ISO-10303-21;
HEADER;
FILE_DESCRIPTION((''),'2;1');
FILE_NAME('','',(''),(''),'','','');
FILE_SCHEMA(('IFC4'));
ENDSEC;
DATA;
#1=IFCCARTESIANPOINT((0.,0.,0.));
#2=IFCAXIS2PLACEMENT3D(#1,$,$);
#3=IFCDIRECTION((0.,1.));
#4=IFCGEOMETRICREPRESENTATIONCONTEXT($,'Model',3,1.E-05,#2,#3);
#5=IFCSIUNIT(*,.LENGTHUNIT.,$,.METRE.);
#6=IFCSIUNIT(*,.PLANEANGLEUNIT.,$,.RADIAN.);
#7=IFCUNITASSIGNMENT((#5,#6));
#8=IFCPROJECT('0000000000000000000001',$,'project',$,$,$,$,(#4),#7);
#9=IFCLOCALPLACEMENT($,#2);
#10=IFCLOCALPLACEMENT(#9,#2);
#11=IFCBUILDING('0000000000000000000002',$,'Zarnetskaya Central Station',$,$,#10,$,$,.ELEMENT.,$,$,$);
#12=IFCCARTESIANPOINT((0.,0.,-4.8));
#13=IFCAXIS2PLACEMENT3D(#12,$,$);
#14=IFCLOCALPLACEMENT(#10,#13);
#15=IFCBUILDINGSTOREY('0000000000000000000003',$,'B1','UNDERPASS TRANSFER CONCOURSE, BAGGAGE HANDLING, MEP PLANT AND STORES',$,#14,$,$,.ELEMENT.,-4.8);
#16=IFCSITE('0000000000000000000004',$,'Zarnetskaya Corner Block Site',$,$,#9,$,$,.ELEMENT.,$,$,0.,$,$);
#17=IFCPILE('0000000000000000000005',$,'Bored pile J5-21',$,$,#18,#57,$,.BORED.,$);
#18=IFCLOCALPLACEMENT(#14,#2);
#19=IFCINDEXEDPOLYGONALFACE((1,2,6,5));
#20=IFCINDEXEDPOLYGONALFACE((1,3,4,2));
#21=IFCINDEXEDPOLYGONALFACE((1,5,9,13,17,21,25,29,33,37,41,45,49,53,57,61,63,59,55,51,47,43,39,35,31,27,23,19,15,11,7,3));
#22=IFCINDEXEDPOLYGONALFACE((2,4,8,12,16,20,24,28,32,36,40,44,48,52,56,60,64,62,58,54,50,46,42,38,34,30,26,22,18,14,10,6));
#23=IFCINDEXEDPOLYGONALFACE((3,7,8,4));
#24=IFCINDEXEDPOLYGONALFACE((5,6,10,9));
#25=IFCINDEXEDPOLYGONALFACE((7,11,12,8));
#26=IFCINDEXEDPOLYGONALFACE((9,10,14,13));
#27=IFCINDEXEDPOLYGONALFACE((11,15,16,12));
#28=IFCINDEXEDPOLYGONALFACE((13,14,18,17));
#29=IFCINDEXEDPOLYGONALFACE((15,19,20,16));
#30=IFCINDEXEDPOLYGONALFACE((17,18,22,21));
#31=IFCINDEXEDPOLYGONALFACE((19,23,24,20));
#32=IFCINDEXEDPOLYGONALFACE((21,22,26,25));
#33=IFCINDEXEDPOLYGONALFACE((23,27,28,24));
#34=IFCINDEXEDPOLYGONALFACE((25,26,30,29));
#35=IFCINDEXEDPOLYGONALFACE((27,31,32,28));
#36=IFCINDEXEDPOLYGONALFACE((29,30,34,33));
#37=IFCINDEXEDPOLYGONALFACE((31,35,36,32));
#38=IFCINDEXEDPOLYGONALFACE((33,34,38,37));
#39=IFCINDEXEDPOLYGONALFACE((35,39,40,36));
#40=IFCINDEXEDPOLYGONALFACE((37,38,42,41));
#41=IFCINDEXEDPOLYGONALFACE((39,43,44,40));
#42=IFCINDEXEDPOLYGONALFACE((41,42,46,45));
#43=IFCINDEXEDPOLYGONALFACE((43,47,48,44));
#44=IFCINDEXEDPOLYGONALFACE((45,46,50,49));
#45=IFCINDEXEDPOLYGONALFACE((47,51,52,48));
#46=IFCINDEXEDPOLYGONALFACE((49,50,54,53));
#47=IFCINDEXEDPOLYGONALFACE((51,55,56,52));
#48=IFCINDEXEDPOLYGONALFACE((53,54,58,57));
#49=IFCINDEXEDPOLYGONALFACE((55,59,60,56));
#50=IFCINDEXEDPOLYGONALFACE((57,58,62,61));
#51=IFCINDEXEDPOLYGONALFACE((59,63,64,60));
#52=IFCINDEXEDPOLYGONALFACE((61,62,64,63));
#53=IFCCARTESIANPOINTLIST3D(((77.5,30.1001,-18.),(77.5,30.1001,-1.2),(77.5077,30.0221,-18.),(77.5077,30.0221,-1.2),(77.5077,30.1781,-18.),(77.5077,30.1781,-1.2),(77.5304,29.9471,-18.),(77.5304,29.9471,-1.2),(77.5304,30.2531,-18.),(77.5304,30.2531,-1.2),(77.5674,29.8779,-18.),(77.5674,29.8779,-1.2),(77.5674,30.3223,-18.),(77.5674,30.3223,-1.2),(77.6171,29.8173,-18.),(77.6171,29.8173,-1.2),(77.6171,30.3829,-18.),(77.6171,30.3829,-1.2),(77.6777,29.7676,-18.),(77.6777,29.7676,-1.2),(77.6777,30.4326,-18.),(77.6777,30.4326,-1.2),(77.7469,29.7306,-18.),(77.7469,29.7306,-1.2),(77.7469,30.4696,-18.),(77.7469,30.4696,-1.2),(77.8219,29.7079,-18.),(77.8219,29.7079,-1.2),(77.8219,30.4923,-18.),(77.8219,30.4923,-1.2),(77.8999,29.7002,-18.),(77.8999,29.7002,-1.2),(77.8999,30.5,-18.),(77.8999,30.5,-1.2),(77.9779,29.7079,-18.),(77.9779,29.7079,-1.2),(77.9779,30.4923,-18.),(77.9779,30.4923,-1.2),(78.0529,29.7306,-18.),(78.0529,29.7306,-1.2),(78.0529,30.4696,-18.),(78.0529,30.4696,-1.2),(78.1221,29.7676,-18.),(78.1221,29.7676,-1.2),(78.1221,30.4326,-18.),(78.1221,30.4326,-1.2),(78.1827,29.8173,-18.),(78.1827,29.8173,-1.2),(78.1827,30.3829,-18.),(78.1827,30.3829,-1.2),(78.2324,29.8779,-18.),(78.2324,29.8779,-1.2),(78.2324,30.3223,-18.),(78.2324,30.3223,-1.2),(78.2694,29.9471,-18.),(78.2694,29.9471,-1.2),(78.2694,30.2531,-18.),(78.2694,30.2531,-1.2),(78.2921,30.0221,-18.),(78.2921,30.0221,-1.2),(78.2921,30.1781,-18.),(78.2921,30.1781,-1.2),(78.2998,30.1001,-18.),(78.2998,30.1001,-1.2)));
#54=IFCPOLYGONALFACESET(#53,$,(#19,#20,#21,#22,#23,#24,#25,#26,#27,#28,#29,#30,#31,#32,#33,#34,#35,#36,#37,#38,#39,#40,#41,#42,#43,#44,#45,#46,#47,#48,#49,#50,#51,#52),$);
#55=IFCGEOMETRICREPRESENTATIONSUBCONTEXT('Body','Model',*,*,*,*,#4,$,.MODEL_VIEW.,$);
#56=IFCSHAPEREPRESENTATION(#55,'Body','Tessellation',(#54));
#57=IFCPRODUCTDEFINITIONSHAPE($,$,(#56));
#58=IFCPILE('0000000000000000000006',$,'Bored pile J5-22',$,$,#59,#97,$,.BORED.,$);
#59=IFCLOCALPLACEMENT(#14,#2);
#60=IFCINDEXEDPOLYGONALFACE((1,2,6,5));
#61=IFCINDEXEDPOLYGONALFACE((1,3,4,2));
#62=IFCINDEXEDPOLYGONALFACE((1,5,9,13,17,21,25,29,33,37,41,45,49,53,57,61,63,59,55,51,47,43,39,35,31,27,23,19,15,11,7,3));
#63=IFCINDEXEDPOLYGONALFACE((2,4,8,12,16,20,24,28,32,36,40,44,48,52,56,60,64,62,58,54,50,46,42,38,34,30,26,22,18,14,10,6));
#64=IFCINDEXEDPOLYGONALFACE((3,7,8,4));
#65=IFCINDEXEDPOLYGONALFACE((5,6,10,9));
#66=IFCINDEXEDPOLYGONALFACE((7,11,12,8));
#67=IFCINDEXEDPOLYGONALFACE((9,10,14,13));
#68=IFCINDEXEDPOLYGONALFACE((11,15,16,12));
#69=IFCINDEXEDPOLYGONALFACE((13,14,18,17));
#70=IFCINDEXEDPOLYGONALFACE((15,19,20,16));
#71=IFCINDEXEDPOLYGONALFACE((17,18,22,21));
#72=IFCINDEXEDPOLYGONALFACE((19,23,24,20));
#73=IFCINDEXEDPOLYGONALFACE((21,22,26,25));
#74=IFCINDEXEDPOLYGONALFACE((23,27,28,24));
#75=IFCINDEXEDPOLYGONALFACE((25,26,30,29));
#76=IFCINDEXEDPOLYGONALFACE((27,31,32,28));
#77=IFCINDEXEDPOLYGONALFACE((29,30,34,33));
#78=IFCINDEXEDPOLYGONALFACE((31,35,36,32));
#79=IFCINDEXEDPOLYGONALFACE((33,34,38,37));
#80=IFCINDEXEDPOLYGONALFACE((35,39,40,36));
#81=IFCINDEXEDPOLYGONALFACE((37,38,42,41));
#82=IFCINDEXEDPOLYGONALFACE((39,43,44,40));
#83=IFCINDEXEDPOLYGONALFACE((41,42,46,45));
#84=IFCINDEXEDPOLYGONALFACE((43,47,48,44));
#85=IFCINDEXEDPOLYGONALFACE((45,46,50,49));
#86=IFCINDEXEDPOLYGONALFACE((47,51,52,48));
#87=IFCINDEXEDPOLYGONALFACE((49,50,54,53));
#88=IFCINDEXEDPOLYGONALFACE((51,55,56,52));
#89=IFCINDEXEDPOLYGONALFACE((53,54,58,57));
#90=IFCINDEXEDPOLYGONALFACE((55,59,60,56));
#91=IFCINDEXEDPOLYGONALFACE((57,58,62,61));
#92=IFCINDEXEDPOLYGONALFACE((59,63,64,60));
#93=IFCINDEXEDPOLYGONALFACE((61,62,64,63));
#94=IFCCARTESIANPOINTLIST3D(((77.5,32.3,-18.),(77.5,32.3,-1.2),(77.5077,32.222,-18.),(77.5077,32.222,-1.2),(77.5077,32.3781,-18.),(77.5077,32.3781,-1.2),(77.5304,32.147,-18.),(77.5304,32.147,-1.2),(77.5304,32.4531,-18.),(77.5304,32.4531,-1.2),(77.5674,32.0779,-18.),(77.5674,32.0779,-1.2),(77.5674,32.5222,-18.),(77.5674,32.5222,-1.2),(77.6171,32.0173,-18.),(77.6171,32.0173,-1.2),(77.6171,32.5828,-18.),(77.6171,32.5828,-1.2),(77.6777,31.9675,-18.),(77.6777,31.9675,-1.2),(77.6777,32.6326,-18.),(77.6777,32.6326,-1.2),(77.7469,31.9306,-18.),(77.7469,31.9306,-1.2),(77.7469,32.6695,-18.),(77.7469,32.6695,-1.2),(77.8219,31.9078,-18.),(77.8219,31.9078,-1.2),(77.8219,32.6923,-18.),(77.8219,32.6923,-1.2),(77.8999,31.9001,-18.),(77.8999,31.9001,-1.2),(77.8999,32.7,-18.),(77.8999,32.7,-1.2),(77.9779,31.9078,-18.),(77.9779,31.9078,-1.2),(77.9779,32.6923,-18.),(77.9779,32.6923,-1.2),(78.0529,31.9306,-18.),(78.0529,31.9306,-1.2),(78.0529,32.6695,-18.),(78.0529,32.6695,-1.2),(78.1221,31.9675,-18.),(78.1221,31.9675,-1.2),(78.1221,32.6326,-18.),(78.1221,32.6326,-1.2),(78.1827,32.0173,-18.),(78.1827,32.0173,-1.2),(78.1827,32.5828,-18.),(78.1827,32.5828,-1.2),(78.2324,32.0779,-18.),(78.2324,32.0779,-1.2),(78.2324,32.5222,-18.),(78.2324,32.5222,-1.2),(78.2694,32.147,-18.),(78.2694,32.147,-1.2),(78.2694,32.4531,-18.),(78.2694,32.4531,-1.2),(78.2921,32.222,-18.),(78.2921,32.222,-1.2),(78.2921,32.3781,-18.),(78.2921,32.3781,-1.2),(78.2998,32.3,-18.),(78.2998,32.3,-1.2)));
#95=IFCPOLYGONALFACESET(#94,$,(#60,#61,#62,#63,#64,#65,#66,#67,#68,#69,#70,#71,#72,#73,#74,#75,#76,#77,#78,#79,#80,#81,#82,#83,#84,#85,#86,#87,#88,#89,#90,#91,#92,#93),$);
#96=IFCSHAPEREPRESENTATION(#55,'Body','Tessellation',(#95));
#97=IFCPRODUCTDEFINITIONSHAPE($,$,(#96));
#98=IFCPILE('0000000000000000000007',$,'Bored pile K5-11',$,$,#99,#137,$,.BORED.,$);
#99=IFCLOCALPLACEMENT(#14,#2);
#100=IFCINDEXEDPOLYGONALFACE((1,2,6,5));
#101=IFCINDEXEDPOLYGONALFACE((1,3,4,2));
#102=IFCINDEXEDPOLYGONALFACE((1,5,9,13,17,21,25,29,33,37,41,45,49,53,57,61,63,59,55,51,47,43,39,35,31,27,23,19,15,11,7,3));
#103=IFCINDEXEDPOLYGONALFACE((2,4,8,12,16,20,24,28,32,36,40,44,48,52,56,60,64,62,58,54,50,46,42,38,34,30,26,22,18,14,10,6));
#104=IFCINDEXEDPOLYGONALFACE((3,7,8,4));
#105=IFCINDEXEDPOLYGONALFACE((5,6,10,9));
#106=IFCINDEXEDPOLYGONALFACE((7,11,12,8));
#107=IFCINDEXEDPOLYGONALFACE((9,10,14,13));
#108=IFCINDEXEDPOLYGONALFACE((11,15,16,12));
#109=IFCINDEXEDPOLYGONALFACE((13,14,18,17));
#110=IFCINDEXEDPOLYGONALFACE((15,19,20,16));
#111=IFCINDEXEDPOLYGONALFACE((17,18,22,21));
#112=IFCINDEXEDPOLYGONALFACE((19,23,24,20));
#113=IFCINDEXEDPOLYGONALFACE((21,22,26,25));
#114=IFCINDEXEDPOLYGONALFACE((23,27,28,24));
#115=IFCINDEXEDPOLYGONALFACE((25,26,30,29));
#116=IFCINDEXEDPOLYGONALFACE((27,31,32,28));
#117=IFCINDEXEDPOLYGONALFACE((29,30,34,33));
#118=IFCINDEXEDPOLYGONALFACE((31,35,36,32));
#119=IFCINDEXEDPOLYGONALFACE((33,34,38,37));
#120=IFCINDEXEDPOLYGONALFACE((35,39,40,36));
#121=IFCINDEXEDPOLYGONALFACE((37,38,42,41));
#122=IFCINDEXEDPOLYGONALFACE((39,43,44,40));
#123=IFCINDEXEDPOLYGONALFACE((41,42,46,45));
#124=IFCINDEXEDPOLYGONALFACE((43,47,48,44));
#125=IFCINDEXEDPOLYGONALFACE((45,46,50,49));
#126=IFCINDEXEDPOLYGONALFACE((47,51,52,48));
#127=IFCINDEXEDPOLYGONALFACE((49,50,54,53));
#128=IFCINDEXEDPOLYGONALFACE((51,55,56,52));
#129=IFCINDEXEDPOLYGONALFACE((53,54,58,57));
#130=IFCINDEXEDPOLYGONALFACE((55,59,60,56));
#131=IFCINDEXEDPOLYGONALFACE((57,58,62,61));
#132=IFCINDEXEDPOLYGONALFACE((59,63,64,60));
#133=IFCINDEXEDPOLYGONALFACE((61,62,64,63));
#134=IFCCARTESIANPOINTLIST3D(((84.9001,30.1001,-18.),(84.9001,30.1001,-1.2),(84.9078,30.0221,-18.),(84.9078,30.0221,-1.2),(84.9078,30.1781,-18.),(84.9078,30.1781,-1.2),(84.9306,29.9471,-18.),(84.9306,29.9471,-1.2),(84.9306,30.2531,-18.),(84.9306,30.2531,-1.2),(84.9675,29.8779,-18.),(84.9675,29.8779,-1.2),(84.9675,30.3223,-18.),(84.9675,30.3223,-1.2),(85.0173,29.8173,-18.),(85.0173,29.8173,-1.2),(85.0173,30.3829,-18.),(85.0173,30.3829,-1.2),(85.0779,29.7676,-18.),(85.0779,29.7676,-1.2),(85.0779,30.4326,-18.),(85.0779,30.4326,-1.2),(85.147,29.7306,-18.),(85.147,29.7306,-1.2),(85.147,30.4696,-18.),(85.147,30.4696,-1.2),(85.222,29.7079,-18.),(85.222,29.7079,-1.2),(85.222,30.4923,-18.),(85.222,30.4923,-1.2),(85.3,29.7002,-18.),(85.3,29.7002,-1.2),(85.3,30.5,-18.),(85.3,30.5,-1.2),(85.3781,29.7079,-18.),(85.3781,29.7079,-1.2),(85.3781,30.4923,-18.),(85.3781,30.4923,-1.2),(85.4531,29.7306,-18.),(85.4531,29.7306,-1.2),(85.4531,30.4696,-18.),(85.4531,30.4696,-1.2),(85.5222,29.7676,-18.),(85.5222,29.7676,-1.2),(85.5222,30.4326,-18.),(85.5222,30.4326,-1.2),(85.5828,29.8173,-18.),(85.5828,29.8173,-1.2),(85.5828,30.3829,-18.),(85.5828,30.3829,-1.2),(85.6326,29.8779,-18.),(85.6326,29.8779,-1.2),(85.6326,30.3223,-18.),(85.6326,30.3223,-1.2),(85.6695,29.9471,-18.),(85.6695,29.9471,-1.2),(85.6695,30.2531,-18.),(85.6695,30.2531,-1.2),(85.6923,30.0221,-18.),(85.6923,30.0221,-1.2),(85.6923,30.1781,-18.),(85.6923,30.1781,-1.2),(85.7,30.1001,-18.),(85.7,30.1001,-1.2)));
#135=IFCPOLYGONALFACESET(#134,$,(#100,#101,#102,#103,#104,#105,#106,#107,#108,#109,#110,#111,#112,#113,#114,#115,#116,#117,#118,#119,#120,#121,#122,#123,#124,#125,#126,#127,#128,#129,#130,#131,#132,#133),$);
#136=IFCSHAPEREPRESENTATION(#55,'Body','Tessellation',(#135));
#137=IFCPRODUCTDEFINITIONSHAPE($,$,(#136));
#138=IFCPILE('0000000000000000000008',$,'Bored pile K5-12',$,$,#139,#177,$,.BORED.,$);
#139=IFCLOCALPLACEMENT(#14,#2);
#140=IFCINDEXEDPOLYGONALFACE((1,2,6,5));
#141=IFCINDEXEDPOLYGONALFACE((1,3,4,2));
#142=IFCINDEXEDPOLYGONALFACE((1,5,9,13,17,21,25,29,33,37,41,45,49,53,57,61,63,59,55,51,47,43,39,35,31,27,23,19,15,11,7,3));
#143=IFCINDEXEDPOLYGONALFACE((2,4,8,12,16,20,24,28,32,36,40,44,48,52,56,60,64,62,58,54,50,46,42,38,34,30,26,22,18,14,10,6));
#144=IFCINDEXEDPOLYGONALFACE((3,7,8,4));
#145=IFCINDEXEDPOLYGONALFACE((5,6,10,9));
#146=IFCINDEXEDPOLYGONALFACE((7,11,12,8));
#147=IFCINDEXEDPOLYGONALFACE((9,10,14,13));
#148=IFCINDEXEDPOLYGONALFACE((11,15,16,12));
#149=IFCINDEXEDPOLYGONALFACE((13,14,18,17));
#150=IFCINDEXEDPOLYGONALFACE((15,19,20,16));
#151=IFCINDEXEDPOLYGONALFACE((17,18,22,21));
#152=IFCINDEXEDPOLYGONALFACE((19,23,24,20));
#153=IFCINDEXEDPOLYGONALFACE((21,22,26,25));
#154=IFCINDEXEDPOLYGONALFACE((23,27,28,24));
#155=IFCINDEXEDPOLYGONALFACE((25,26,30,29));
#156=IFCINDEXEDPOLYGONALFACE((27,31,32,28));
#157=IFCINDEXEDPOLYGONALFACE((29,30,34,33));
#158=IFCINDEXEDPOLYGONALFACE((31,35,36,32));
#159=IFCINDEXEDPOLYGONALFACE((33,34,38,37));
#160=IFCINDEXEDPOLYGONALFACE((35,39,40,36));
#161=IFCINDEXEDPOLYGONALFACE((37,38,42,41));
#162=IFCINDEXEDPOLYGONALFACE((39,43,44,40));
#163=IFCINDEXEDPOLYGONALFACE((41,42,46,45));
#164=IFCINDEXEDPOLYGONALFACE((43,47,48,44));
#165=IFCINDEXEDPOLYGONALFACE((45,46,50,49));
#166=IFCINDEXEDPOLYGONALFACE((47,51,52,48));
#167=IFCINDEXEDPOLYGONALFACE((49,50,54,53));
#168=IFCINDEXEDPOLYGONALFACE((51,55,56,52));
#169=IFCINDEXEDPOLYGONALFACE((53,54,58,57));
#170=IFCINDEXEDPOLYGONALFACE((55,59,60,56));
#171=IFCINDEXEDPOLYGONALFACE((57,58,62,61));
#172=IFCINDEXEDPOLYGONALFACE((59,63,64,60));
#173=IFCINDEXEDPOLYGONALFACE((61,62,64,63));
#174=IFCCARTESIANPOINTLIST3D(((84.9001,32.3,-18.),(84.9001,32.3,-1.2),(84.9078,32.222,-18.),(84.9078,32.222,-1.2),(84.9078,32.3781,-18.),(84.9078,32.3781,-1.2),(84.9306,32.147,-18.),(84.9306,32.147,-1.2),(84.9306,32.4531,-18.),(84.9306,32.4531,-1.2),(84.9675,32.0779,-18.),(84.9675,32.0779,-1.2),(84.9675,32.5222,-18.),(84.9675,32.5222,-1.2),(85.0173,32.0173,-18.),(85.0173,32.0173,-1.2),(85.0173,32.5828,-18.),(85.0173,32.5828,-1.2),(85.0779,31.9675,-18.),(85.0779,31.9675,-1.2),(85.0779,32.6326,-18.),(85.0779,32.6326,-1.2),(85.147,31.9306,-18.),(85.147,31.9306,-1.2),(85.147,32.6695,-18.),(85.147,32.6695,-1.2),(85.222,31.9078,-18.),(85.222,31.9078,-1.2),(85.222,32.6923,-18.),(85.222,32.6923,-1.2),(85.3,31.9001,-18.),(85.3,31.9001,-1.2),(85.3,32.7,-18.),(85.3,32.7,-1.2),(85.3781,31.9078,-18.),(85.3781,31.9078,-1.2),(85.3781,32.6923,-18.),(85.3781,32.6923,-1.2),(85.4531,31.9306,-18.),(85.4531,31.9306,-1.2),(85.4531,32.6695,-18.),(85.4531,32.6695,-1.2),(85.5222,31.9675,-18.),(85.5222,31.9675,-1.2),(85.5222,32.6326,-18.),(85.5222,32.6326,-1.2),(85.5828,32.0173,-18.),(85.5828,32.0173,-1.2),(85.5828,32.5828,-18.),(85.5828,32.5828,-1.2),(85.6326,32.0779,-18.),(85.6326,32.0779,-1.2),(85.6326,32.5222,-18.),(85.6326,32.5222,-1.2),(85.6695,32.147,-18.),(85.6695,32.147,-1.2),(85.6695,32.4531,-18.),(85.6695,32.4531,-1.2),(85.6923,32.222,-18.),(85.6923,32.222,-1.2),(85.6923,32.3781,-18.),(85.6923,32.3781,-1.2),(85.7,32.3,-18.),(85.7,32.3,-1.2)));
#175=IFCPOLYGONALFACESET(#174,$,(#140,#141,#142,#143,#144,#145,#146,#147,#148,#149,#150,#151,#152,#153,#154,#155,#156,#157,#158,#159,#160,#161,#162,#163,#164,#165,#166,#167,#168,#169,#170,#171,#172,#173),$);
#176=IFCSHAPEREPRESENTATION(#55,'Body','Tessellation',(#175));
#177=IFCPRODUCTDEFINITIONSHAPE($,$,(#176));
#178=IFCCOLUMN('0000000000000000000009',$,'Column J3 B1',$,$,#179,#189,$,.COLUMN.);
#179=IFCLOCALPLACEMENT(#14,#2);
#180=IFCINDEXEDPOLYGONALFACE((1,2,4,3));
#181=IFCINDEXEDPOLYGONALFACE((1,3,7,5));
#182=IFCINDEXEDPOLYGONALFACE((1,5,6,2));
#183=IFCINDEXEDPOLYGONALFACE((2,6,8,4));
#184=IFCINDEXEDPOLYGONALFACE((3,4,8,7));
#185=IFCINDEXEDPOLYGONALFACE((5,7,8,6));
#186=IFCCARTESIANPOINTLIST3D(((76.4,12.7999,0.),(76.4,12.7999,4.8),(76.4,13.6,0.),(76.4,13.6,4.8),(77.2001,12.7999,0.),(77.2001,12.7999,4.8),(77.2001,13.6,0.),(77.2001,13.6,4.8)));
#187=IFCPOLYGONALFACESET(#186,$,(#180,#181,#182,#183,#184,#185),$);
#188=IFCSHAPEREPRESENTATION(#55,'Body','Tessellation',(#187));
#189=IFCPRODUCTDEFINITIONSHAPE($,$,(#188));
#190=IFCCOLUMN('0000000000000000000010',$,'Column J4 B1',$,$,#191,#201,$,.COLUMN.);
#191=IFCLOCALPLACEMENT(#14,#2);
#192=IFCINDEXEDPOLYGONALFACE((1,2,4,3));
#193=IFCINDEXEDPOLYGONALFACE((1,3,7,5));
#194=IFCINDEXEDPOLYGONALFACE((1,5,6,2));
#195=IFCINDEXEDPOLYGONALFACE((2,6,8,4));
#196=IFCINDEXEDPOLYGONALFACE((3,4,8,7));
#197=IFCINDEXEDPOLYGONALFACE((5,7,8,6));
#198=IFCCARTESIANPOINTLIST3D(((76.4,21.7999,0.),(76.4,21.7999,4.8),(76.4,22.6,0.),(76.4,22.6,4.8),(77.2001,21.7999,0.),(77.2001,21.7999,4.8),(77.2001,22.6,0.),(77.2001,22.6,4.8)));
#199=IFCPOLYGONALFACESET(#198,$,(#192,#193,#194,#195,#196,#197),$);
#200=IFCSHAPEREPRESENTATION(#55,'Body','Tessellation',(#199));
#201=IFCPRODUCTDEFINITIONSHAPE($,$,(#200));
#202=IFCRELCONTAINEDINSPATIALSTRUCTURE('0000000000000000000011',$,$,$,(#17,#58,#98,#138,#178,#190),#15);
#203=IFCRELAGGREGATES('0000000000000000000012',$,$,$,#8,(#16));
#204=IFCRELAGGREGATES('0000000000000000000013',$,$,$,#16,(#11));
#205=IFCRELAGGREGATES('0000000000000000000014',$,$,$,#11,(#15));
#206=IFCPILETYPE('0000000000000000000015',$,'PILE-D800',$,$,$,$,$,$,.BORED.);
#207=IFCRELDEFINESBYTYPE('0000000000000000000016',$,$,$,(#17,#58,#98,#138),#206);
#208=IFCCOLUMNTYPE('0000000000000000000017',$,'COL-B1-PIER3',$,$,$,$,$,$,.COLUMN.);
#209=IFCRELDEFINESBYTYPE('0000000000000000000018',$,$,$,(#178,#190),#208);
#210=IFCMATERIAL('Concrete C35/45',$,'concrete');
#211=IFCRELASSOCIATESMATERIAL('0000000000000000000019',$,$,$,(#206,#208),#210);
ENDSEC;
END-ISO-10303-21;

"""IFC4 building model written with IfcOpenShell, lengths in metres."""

from ifc_helpers import new_model, si_unit, direction, frame, origin, origin_2d, place, context, subcontext, project, spatial, rectangle, circle, extrude, material, material_profile, profile_set, type_object, element, save


model = new_model("IFC4")

# Units and contexts
model_context = context("Model", 3, precision=1e-05, world=origin(), true_north=direction((0.0, 1.0)))
body_context = subcontext(model_context, "Body", "Model", "MODEL_VIEW")
ifc_project = project(units=[si_unit("LENGTHUNIT", "METRE"), si_unit("PLANEANGLEUNIT", "RADIAN")], contexts=[model_context])

# Site, building, storey
site_placement = place(None, origin())
site = spatial("IfcSite", under=ifc_project, at=site_placement, Name="Zarnetskaya Corner Block Site", CompositionType="ELEMENT", RefElevation=0.0)
building_placement = place(site_placement, origin())
building = spatial("IfcBuilding", under=site, at=building_placement, Name="Zarnetskaya Central Station", CompositionType="ELEMENT")
storey_placement = place(building_placement, frame((0.0, 0.0, -4.8)))
storey = spatial("IfcBuildingStorey", under=building, at=storey_placement, Name="B1", Description="UNDERPASS TRANSFER CONCOURSE, BAGGAGE HANDLING, MEP PLANT AND STORES", CompositionType="ELEMENT", Elevation=-4.8)

# Shared definitions
ifc_material = material(Name="Concrete C35/45", Category="concrete")

# Piles
ifc_material_profile_1 = material_profile(ifc_material, circle(Radius=0.3999, at=origin_2d()), Name="BORED PILE D800")
ifc_profile_set_1 = profile_set([ifc_material_profile_1], Name="Concrete C35/45")
pile_type_1 = type_object("IfcPileType", Name="PILE-D800", PredefinedType="BORED", material=ifc_profile_set_1)
for number, where, z_axis, x_axis, name in (
    (1, (77.8999, 30.1001, -1.2), (0.0, 0.0, -1.0), (1.0, 0.0, 0.0), "Bored pile J5-21"),
    (2, (77.8999, 32.3, -1.2), (0.0, 0.0, -1.0), (1.0, 0.0, 0.0), "Bored pile J5-22"),
    (3, (85.3, 30.1001, -1.2), (0.0, 0.0, -1.0), (1.0, 0.0, 0.0), "Bored pile K5-11"),
    (4, (85.3, 32.3, -1.2), (0.0, 0.0, -1.0), (1.0, 0.0, 0.0), "Bored pile K5-12"),
):
    element("IfcPile", number, at=place(storey_placement, frame(where, z_axis=z_axis, x_axis=x_axis)), inside=storey, type_object=pile_type_1, Name=name, PredefinedType="BORED", context=body_context, shape_type="SweptSolid", body=[
        extrude(circle(Radius=0.3999, at=origin_2d()), origin(), (0.0, 0.0, 1.0), 16.8),
    ])

# Columns
ifc_material_profile_2 = material_profile(ifc_material, rectangle(XDim=0.8, YDim=0.8, at=origin_2d()), Name="RC 800x800")
ifc_profile_set_2 = profile_set([ifc_material_profile_2], Name="Concrete C35/45")
column_type_1 = type_object("IfcColumnType", Name="COL-B1-PIER3", PredefinedType="COLUMN", material=ifc_profile_set_2)
for number, where, z_axis, x_axis, name in (
    (5, (76.8, 13.2, 0.0), (0.0, 0.0, 1.0), (1.0, 0.0, 0.0), "Column J3 B1"),
    (6, (76.8, 22.2, 0.0), (0.0, 0.0, 1.0), (1.0, 0.0, 0.0), "Column J4 B1"),
):
    element("IfcColumn", number, at=place(storey_placement, frame(where, z_axis=z_axis, x_axis=x_axis)), inside=storey, type_object=column_type_1, Name=name, PredefinedType="COLUMN", context=body_context, shape_type="SweptSolid", body=[
        extrude(rectangle(XDim=0.8, YDim=0.8, at=origin_2d()), origin(), (0.0, 0.0, 1.0), 4.8),
    ])

save(model, "model.ifc")
